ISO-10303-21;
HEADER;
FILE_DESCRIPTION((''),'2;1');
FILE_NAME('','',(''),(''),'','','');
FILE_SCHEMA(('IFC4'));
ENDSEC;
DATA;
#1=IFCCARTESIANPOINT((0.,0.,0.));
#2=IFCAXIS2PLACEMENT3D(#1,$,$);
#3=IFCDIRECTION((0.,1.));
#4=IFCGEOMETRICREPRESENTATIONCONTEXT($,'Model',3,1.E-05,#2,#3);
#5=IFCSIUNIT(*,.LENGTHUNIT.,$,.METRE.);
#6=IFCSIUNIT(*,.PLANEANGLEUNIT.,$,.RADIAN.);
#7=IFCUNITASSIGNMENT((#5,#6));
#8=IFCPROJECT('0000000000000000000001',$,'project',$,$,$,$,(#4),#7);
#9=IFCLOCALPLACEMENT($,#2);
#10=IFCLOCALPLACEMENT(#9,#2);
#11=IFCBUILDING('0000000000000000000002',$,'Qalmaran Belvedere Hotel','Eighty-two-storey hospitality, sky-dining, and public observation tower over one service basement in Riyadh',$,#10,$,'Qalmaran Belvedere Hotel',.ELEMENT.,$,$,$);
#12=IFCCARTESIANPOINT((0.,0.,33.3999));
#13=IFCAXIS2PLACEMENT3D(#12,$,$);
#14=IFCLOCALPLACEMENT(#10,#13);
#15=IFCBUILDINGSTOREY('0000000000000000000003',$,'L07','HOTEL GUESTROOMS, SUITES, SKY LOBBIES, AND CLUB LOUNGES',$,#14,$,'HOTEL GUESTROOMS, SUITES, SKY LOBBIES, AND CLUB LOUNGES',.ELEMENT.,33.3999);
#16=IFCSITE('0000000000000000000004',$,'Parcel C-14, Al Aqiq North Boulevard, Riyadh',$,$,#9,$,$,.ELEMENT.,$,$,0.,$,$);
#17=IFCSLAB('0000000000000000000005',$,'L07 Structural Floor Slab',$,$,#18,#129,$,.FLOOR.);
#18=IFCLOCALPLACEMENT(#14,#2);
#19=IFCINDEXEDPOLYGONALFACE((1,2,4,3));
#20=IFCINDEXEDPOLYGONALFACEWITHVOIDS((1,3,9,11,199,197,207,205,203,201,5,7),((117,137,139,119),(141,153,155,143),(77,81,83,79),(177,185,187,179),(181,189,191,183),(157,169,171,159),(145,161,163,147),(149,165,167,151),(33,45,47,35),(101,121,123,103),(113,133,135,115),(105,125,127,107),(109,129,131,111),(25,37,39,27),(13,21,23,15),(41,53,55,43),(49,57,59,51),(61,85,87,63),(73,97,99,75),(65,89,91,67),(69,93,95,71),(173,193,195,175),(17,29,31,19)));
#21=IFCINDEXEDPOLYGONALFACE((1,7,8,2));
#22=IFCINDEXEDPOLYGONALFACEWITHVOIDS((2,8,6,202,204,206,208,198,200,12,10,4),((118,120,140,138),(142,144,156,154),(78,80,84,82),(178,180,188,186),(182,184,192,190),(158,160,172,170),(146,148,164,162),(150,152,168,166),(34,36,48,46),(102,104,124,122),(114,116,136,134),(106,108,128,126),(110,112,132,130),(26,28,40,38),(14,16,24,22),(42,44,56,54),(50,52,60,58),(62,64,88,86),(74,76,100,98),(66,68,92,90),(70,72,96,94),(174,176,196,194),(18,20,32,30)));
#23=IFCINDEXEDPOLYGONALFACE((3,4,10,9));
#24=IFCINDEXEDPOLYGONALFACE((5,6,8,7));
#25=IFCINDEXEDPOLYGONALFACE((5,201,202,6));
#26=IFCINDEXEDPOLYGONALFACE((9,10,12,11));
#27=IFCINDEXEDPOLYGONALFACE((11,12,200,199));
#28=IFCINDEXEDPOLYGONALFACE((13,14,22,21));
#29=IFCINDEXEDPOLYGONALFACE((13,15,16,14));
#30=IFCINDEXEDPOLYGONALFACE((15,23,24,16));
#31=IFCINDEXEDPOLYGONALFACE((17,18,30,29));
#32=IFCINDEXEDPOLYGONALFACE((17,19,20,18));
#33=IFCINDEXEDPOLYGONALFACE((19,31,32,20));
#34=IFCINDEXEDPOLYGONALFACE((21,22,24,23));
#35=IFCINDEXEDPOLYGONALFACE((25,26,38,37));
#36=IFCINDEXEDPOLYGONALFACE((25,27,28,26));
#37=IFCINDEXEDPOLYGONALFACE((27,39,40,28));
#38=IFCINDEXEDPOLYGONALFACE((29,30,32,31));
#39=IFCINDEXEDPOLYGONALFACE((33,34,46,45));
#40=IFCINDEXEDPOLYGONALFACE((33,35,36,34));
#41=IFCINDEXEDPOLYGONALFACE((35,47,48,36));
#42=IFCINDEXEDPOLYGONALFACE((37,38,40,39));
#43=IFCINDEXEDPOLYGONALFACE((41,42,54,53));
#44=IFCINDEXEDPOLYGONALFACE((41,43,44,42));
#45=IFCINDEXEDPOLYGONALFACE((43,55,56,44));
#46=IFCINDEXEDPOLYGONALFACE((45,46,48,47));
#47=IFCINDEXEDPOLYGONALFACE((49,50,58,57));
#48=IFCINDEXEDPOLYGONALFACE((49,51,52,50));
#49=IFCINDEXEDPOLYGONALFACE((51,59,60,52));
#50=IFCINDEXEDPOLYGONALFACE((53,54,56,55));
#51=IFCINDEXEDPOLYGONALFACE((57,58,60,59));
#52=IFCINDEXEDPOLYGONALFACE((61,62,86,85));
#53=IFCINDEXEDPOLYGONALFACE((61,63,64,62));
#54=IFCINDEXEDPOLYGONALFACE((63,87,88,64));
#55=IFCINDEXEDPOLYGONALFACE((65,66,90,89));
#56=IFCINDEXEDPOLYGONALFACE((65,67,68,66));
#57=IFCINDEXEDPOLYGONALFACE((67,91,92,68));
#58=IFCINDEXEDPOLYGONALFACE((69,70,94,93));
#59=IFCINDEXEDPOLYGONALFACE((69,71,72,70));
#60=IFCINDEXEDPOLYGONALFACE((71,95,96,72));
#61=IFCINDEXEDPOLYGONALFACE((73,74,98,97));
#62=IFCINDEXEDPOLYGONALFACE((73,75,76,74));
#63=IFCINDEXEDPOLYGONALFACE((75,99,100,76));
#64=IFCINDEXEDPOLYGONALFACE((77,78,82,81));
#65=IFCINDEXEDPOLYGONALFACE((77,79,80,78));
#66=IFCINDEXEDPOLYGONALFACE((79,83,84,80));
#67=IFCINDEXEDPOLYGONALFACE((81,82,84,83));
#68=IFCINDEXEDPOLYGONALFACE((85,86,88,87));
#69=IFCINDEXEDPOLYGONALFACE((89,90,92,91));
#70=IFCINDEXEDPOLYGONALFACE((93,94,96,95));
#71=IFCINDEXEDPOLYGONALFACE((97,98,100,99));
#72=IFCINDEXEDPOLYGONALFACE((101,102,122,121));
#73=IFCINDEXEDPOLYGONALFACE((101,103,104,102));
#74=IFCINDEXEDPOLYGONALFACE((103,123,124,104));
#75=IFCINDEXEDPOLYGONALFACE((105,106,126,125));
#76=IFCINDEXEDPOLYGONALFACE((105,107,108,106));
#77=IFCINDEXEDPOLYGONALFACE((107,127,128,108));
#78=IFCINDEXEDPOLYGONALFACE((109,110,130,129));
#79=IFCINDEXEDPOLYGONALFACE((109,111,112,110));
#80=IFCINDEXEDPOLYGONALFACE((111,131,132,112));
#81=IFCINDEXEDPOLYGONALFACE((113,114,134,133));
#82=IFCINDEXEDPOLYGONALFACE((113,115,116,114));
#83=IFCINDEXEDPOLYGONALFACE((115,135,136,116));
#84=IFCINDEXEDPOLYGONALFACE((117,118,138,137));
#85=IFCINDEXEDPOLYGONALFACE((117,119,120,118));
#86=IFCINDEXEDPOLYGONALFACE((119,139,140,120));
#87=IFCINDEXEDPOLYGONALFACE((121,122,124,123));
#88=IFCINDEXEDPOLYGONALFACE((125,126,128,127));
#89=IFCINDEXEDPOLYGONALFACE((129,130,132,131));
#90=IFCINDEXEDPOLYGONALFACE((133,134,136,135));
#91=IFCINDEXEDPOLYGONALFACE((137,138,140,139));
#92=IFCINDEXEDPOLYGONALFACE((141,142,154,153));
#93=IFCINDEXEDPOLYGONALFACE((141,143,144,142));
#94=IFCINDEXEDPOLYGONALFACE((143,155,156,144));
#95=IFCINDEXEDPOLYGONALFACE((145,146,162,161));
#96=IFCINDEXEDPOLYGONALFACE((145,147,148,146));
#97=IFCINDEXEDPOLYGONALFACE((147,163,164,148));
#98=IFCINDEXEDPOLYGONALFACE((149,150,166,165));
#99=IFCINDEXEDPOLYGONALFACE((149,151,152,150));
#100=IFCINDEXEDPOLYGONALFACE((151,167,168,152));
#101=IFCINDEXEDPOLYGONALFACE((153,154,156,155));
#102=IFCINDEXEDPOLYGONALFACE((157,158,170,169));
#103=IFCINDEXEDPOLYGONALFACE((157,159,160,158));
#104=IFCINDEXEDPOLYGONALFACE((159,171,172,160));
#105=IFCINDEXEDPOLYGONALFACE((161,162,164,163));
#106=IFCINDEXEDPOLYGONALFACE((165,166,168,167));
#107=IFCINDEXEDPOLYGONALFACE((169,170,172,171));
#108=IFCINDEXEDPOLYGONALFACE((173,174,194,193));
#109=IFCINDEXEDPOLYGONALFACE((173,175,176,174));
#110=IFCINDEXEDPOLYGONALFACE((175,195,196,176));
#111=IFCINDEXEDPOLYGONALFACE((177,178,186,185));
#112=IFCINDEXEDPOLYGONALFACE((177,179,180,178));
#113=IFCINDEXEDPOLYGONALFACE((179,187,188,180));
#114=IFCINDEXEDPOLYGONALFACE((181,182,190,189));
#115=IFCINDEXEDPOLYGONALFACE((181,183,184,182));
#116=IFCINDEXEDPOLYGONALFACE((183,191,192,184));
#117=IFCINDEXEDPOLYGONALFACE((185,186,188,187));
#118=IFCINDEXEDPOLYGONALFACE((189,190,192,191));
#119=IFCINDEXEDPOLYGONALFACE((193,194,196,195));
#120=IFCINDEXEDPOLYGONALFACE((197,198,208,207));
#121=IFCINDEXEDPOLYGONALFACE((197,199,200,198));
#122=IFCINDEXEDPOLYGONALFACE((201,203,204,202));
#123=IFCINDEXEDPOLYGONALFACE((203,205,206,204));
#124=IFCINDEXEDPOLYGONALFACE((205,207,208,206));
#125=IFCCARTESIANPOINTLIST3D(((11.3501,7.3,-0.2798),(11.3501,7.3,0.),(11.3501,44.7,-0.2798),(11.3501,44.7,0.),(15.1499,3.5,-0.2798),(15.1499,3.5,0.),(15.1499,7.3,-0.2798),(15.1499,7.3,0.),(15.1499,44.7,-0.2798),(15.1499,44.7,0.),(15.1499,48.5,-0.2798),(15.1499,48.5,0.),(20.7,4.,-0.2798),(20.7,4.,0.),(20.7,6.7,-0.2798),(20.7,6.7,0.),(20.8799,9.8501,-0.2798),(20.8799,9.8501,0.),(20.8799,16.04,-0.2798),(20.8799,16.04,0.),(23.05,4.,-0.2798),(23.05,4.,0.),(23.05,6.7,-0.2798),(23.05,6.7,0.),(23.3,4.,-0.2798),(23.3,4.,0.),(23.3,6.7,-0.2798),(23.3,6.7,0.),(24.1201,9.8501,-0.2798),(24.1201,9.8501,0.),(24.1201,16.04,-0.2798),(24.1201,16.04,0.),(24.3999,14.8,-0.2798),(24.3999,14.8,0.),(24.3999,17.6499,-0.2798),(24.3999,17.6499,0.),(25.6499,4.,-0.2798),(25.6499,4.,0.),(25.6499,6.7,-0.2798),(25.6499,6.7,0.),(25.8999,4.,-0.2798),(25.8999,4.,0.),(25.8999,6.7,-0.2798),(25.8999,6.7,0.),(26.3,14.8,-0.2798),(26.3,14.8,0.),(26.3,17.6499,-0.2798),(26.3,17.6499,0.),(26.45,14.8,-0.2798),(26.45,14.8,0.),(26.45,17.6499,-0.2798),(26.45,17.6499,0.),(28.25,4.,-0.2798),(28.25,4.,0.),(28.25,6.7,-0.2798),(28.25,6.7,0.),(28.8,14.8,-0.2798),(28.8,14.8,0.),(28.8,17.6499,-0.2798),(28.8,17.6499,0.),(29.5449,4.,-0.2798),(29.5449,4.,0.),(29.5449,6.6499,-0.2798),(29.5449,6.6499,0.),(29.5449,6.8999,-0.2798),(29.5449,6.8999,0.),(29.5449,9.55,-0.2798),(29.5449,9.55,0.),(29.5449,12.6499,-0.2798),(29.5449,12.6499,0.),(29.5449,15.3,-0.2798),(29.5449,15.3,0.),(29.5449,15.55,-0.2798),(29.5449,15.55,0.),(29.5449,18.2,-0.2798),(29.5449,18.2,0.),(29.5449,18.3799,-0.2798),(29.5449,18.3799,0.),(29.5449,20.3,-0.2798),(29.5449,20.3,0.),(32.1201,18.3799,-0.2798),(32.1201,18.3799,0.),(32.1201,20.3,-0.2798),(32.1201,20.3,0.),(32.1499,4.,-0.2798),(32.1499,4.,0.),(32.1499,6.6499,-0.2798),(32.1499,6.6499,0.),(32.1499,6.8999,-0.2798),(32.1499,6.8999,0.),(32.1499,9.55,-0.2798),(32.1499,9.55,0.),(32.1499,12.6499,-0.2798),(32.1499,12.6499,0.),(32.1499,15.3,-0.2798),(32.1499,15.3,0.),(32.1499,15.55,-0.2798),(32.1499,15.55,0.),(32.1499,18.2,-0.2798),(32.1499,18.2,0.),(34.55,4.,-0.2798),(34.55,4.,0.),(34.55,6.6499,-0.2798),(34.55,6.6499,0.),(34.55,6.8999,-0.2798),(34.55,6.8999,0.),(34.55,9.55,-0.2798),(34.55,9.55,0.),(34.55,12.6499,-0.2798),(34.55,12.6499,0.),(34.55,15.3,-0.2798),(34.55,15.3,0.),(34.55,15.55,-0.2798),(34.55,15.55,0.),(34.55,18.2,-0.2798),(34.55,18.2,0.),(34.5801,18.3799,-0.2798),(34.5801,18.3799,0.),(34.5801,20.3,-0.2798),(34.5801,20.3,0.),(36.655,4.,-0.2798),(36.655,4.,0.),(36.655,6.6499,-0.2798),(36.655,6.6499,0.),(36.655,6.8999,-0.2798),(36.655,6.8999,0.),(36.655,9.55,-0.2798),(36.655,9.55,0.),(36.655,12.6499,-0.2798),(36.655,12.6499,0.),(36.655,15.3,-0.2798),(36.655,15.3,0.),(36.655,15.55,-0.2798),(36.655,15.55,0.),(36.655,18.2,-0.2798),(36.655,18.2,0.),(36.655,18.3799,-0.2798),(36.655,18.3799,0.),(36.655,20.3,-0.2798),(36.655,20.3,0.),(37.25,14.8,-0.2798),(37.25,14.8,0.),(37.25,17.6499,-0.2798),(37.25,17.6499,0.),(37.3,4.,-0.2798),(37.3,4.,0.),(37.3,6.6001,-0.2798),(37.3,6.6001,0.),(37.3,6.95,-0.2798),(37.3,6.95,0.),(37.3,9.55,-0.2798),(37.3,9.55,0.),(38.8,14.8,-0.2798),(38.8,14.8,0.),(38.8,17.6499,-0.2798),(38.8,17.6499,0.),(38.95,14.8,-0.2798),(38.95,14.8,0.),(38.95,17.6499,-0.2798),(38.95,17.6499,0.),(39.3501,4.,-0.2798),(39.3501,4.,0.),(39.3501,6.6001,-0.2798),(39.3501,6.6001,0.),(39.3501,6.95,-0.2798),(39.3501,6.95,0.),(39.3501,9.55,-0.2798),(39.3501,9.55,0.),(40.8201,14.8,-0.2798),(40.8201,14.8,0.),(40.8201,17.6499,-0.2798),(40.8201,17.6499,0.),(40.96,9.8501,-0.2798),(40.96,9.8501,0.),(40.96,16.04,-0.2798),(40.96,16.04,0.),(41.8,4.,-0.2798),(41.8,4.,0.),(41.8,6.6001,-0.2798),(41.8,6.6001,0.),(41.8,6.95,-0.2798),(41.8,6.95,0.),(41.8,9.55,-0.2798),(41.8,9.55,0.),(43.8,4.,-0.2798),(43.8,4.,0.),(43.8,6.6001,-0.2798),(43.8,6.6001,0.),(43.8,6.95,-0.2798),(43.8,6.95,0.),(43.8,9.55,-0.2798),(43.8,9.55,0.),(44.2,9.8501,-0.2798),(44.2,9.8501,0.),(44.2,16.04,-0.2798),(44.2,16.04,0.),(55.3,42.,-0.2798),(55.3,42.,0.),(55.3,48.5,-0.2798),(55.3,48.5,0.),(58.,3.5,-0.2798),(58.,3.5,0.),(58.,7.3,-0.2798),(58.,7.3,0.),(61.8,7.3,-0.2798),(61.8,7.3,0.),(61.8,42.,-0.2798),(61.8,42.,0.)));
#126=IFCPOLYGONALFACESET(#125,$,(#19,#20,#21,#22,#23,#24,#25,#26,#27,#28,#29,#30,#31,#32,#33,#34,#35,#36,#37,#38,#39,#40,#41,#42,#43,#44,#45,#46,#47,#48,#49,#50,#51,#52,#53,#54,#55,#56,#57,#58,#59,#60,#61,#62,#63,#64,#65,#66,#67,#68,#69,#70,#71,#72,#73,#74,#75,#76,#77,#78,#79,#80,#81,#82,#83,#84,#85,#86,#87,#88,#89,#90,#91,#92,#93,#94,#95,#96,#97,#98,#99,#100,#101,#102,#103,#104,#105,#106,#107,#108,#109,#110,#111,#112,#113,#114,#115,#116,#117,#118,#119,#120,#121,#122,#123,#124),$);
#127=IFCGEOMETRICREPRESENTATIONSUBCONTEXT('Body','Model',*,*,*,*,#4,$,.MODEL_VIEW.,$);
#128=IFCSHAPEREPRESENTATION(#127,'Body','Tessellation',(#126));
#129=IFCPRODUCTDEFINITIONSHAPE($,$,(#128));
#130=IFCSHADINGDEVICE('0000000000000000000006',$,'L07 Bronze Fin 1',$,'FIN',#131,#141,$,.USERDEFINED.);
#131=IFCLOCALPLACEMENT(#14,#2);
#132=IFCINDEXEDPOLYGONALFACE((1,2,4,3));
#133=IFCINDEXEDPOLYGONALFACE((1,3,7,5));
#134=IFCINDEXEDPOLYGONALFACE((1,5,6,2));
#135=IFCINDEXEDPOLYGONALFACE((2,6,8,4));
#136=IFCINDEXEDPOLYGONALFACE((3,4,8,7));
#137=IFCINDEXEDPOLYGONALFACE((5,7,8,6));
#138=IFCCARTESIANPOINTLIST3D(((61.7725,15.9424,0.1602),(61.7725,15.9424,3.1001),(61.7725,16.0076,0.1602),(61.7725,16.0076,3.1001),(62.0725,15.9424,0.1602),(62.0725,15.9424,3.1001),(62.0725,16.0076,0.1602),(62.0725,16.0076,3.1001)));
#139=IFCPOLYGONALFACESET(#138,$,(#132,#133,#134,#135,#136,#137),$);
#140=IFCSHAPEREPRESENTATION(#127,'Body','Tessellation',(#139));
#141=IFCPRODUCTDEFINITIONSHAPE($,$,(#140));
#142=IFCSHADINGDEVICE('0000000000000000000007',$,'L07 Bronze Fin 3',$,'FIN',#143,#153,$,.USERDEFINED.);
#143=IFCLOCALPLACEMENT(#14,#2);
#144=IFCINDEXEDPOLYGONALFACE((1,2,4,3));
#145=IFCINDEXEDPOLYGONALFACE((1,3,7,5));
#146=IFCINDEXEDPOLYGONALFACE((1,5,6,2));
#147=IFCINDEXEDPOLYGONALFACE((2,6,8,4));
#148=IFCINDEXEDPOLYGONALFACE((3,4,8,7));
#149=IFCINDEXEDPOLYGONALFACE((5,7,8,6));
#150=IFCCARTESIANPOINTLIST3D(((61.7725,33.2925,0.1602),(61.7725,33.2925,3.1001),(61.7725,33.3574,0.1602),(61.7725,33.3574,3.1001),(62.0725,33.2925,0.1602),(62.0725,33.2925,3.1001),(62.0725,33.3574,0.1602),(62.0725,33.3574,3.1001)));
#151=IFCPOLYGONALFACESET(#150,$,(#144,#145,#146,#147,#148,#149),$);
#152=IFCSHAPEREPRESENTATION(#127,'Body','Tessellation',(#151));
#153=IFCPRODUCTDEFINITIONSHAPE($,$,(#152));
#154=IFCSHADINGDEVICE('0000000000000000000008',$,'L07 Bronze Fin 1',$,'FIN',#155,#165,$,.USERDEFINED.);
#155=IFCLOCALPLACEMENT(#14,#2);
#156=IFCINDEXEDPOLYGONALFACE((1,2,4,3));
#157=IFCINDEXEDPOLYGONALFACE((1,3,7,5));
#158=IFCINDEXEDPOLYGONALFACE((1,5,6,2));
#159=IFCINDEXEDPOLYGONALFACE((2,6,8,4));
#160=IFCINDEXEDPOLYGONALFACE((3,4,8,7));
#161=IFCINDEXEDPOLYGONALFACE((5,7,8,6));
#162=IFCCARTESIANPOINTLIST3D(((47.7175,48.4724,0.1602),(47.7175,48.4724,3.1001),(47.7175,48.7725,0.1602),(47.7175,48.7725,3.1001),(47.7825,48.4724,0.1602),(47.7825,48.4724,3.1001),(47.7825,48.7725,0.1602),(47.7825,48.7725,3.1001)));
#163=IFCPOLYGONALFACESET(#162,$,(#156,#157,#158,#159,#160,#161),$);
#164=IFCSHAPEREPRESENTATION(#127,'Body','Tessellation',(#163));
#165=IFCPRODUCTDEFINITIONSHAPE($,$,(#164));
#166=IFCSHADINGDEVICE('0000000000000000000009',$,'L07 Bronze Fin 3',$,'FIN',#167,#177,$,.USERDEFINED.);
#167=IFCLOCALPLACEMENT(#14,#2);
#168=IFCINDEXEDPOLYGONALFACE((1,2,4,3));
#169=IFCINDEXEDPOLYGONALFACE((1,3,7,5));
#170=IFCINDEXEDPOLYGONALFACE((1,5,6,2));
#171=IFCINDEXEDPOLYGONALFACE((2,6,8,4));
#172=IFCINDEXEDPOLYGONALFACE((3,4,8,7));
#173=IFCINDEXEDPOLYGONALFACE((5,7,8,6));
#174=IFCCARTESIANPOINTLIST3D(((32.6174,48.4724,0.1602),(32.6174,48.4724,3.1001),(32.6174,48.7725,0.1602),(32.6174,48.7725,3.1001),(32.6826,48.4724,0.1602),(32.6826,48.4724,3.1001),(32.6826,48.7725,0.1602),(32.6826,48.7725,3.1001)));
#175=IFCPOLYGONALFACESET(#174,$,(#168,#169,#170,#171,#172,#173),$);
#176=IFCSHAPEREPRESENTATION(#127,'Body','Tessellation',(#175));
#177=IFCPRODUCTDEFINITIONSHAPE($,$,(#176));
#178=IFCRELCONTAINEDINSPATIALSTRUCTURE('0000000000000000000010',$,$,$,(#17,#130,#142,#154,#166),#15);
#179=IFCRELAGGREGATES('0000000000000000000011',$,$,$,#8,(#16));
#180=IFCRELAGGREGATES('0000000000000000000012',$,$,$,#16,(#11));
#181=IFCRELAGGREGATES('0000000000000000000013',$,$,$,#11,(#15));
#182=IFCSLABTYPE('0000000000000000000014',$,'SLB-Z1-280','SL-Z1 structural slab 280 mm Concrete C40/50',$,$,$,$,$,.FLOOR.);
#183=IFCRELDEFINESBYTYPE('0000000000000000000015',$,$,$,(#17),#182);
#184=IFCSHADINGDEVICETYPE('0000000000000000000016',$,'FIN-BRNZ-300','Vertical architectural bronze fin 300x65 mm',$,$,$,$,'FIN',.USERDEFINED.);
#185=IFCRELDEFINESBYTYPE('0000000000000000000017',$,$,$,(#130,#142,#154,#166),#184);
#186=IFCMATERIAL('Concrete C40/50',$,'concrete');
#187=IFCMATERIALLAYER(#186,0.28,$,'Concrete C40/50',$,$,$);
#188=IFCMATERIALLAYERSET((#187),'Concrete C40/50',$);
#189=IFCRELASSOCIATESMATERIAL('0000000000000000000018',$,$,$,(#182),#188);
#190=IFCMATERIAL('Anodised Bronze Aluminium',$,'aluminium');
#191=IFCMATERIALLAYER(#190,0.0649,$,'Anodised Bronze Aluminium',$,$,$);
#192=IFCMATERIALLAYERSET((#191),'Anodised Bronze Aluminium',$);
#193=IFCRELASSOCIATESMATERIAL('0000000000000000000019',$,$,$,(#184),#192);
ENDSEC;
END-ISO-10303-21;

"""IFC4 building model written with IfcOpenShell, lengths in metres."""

from ifc_helpers import new_model, si_unit, direction, frame, origin, place, context, subcontext, project, spatial, polyline, outline, extrude, material, layer, layer_set, type_object, element, save


model = new_model("IFC4")

# Units and contexts
model_context = context("Model", 3, precision=1e-05, world=origin(), true_north=direction((0.0, 1.0)))
body_context = subcontext(model_context, "Body", "Model", "MODEL_VIEW")
ifc_project = project(units=[si_unit("LENGTHUNIT", "METRE"), si_unit("PLANEANGLEUNIT", "RADIAN")], contexts=[model_context])

# Site, building, storey
site_placement = place(None, origin())
site = spatial("IfcSite", under=ifc_project, at=site_placement, Name="Parcel C-14, Al Aqiq North Boulevard, Riyadh", CompositionType="ELEMENT", RefElevation=0.0)
building_placement = place(site_placement, origin())
building = spatial("IfcBuilding", under=site, at=building_placement, Name="Qalmaran Belvedere Hotel", Description="Eighty-two-storey hospitality, sky-dining, and public observation tower over one service basement in Riyadh", LongName="Qalmaran Belvedere Hotel", CompositionType="ELEMENT")
storey_placement = place(building_placement, frame((0.0, 0.0, 33.3999)))
storey = spatial("IfcBuildingStorey", under=building, at=storey_placement, Name="L07", Description="HOTEL GUESTROOMS, SUITES, SKY LOBBIES, AND CLUB LOUNGES", LongName="HOTEL GUESTROOMS, SUITES, SKY LOBBIES, AND CLUB LOUNGES", CompositionType="ELEMENT", Elevation=33.3999)

# Shared definitions
ifc_material_1 = material(Name="Anodised Bronze Aluminium", Category="aluminium")

# Shared definitions
ifc_material_2 = material(Name="Concrete C40/50", Category="concrete")

# Slab
ifc_layer_1 = layer(ifc_material_2, 0.28, Name="Concrete C40/50")
ifc_layer_set_1 = layer_set([ifc_layer_1], Name="Concrete C40/50")
slab_type_1 = type_object("IfcSlabType", Name="SLB-Z1-280", Description="SL-Z1 structural slab 280 mm Concrete C40/50", PredefinedType="FLOOR", material=ifc_layer_set_1)
slab_1_placement = place(storey_placement, frame((0.0, 0.0, -0.2798)))
element("IfcSlab", 1, at=slab_1_placement, inside=storey, type_object=slab_type_1, Name="L07 Structural Floor Slab", PredefinedType="FLOOR", context=body_context, shape_type="SweptSolid", body=[
    extrude(outline(polyline([(15.1499, 3.5), (58.0, 3.5), (58.0, 7.3), (61.8, 7.3), (61.8, 42.0), (55.3, 42.0), (55.3, 48.5), (15.1499, 48.5), (15.1499, 44.7), (11.3501, 44.7), (11.3501, 7.3), (15.1499, 7.3), (15.1499, 3.5)]), holes=[polyline([(20.8799, 9.8501), (24.1201, 9.8501), (24.1201, 16.04), (20.8799, 16.04), (20.8799, 9.8501)]), polyline([(40.96, 9.8501), (44.2, 9.8501), (44.2, 16.04), (40.96, 16.04), (40.96, 9.8501)]), polyline([(29.5449, 4.0), (32.1499, 4.0), (32.1499, 6.6499), (29.5449, 6.6499), (29.5449, 4.0)]), polyline([(29.5449, 6.8999), (32.1499, 6.8999), (32.1499, 9.55), (29.5449, 9.55), (29.5449, 6.8999)]), polyline([(34.55, 4.0), (36.655, 4.0), (36.655, 6.6499), (34.55, 6.6499), (34.55, 4.0)]), polyline([(34.55, 6.8999), (36.655, 6.8999), (36.655, 9.55), (34.55, 9.55), (34.55, 6.8999)]), polyline([(29.5449, 12.6499), (32.1499, 12.6499), (32.1499, 15.3), (29.5449, 15.3), (29.5449, 12.6499)]), polyline([(29.5449, 15.55), (32.1499, 15.55), (32.1499, 18.2), (29.5449, 18.2), (29.5449, 15.55)]), polyline([(34.55, 12.6499), (36.655, 12.6499), (36.655, 15.3), (34.55, 15.3), (34.55, 12.6499)]), polyline([(34.55, 15.55), (36.655, 15.55), (36.655, 18.2), (34.55, 18.2), (34.55, 15.55)]), polyline([(37.3, 4.0), (39.3501, 4.0), (39.3501, 6.6001), (37.3, 6.6001), (37.3, 4.0)]), polyline([(37.3, 6.95), (39.3501, 6.95), (39.3501, 9.55), (37.3, 9.55), (37.3, 6.95)]), polyline([(41.8, 4.0), (43.8, 4.0), (43.8, 6.6001), (41.8, 6.6001), (41.8, 4.0)]), polyline([(41.8, 6.95), (43.8, 6.95), (43.8, 9.55), (41.8, 9.55), (41.8, 6.95)]), polyline([(20.7, 4.0), (23.05, 4.0), (23.05, 6.7), (20.7, 6.7), (20.7, 4.0)]), polyline([(23.3, 4.0), (25.6499, 4.0), (25.6499, 6.7), (23.3, 6.7), (23.3, 4.0)]), polyline([(25.8999, 4.0), (28.25, 4.0), (28.25, 6.7), (25.8999, 6.7), (25.8999, 4.0)]), polyline([(24.3999, 14.8), (26.3, 14.8), (26.3, 17.6499), (24.3999, 17.6499), (24.3999, 14.8)]), polyline([(38.95, 14.8), (40.8201, 14.8), (40.8201, 17.6499), (38.95, 17.6499), (38.95, 14.8)]), polyline([(26.45, 14.8), (28.8, 14.8), (28.8, 17.6499), (26.45, 17.6499), (26.45, 14.8)]), polyline([(37.25, 14.8), (38.8, 14.8), (38.8, 17.6499), (37.25, 17.6499), (37.25, 14.8)]), polyline([(29.5449, 18.3799), (32.1201, 18.3799), (32.1201, 20.3), (29.5449, 20.3), (29.5449, 18.3799)]), polyline([(34.5801, 18.3799), (36.655, 18.3799), (36.655, 20.3), (34.5801, 20.3), (34.5801, 18.3799)])]), origin(), (0.0, 0.0, 1.0), 0.2798),
])

# Shading devices
ifc_layer_2 = layer(ifc_material_1, 0.0649, Name="Anodised Bronze Aluminium")
ifc_layer_set_2 = layer_set([ifc_layer_2], Name="Anodised Bronze Aluminium")
shading_device_type = type_object("IfcShadingDeviceType", Name="FIN-BRNZ-300", Description="Vertical architectural bronze fin 300x65 mm", ElementType="FIN", PredefinedType="USERDEFINED", material=ifc_layer_set_2)
shading_device_1_placement = place(storey_placement, frame((0.0, 0.0, 0.1602)))
element("IfcShadingDevice", 2, at=shading_device_1_placement, inside=storey, type_object=shading_device_type, Name="L07 Bronze Fin 1", ObjectType="FIN", PredefinedType="USERDEFINED", context=body_context, shape_type="SweptSolid", body=[
    extrude(outline(polyline([(61.7725, 15.9424), (62.0725, 15.9424), (62.0725, 16.0076), (61.7725, 16.0076), (61.7725, 15.9424)])), origin(), (0.0, 0.0, 1.0), 2.9399),
])
shading_device_2_placement = place(storey_placement, frame((0.0, 0.0, 0.1602)))
element("IfcShadingDevice", 3, at=shading_device_2_placement, inside=storey, type_object=shading_device_type, Name="L07 Bronze Fin 3", ObjectType="FIN", PredefinedType="USERDEFINED", context=body_context, shape_type="SweptSolid", body=[
    extrude(outline(polyline([(61.7725, 33.2925), (62.0725, 33.2925), (62.0725, 33.3574), (61.7725, 33.3574), (61.7725, 33.2925)])), origin(), (0.0, 0.0, 1.0), 2.9399),
])
shading_device_3_placement = place(storey_placement, frame((0.0, 0.0, 0.1602)))
element("IfcShadingDevice", 4, at=shading_device_3_placement, inside=storey, type_object=shading_device_type, Name="L07 Bronze Fin 1", ObjectType="FIN", PredefinedType="USERDEFINED", context=body_context, shape_type="SweptSolid", body=[
    extrude(outline(polyline([(47.7825, 48.4724), (47.7825, 48.7725), (47.7175, 48.7725), (47.7175, 48.4724), (47.7825, 48.4724)])), origin(), (0.0, 0.0, 1.0), 2.9399),
])
shading_device_4_placement = place(storey_placement, frame((0.0, 0.0, 0.1602)))
element("IfcShadingDevice", 5, at=shading_device_4_placement, inside=storey, type_object=shading_device_type, Name="L07 Bronze Fin 3", ObjectType="FIN", PredefinedType="USERDEFINED", context=body_context, shape_type="SweptSolid", body=[
    extrude(outline(polyline([(32.6826, 48.4724), (32.6826, 48.7725), (32.6174, 48.7725), (32.6174, 48.4724), (32.6826, 48.4724)])), origin(), (0.0, 0.0, 1.0), 2.9399),
])

save(model, "model.ifc")
